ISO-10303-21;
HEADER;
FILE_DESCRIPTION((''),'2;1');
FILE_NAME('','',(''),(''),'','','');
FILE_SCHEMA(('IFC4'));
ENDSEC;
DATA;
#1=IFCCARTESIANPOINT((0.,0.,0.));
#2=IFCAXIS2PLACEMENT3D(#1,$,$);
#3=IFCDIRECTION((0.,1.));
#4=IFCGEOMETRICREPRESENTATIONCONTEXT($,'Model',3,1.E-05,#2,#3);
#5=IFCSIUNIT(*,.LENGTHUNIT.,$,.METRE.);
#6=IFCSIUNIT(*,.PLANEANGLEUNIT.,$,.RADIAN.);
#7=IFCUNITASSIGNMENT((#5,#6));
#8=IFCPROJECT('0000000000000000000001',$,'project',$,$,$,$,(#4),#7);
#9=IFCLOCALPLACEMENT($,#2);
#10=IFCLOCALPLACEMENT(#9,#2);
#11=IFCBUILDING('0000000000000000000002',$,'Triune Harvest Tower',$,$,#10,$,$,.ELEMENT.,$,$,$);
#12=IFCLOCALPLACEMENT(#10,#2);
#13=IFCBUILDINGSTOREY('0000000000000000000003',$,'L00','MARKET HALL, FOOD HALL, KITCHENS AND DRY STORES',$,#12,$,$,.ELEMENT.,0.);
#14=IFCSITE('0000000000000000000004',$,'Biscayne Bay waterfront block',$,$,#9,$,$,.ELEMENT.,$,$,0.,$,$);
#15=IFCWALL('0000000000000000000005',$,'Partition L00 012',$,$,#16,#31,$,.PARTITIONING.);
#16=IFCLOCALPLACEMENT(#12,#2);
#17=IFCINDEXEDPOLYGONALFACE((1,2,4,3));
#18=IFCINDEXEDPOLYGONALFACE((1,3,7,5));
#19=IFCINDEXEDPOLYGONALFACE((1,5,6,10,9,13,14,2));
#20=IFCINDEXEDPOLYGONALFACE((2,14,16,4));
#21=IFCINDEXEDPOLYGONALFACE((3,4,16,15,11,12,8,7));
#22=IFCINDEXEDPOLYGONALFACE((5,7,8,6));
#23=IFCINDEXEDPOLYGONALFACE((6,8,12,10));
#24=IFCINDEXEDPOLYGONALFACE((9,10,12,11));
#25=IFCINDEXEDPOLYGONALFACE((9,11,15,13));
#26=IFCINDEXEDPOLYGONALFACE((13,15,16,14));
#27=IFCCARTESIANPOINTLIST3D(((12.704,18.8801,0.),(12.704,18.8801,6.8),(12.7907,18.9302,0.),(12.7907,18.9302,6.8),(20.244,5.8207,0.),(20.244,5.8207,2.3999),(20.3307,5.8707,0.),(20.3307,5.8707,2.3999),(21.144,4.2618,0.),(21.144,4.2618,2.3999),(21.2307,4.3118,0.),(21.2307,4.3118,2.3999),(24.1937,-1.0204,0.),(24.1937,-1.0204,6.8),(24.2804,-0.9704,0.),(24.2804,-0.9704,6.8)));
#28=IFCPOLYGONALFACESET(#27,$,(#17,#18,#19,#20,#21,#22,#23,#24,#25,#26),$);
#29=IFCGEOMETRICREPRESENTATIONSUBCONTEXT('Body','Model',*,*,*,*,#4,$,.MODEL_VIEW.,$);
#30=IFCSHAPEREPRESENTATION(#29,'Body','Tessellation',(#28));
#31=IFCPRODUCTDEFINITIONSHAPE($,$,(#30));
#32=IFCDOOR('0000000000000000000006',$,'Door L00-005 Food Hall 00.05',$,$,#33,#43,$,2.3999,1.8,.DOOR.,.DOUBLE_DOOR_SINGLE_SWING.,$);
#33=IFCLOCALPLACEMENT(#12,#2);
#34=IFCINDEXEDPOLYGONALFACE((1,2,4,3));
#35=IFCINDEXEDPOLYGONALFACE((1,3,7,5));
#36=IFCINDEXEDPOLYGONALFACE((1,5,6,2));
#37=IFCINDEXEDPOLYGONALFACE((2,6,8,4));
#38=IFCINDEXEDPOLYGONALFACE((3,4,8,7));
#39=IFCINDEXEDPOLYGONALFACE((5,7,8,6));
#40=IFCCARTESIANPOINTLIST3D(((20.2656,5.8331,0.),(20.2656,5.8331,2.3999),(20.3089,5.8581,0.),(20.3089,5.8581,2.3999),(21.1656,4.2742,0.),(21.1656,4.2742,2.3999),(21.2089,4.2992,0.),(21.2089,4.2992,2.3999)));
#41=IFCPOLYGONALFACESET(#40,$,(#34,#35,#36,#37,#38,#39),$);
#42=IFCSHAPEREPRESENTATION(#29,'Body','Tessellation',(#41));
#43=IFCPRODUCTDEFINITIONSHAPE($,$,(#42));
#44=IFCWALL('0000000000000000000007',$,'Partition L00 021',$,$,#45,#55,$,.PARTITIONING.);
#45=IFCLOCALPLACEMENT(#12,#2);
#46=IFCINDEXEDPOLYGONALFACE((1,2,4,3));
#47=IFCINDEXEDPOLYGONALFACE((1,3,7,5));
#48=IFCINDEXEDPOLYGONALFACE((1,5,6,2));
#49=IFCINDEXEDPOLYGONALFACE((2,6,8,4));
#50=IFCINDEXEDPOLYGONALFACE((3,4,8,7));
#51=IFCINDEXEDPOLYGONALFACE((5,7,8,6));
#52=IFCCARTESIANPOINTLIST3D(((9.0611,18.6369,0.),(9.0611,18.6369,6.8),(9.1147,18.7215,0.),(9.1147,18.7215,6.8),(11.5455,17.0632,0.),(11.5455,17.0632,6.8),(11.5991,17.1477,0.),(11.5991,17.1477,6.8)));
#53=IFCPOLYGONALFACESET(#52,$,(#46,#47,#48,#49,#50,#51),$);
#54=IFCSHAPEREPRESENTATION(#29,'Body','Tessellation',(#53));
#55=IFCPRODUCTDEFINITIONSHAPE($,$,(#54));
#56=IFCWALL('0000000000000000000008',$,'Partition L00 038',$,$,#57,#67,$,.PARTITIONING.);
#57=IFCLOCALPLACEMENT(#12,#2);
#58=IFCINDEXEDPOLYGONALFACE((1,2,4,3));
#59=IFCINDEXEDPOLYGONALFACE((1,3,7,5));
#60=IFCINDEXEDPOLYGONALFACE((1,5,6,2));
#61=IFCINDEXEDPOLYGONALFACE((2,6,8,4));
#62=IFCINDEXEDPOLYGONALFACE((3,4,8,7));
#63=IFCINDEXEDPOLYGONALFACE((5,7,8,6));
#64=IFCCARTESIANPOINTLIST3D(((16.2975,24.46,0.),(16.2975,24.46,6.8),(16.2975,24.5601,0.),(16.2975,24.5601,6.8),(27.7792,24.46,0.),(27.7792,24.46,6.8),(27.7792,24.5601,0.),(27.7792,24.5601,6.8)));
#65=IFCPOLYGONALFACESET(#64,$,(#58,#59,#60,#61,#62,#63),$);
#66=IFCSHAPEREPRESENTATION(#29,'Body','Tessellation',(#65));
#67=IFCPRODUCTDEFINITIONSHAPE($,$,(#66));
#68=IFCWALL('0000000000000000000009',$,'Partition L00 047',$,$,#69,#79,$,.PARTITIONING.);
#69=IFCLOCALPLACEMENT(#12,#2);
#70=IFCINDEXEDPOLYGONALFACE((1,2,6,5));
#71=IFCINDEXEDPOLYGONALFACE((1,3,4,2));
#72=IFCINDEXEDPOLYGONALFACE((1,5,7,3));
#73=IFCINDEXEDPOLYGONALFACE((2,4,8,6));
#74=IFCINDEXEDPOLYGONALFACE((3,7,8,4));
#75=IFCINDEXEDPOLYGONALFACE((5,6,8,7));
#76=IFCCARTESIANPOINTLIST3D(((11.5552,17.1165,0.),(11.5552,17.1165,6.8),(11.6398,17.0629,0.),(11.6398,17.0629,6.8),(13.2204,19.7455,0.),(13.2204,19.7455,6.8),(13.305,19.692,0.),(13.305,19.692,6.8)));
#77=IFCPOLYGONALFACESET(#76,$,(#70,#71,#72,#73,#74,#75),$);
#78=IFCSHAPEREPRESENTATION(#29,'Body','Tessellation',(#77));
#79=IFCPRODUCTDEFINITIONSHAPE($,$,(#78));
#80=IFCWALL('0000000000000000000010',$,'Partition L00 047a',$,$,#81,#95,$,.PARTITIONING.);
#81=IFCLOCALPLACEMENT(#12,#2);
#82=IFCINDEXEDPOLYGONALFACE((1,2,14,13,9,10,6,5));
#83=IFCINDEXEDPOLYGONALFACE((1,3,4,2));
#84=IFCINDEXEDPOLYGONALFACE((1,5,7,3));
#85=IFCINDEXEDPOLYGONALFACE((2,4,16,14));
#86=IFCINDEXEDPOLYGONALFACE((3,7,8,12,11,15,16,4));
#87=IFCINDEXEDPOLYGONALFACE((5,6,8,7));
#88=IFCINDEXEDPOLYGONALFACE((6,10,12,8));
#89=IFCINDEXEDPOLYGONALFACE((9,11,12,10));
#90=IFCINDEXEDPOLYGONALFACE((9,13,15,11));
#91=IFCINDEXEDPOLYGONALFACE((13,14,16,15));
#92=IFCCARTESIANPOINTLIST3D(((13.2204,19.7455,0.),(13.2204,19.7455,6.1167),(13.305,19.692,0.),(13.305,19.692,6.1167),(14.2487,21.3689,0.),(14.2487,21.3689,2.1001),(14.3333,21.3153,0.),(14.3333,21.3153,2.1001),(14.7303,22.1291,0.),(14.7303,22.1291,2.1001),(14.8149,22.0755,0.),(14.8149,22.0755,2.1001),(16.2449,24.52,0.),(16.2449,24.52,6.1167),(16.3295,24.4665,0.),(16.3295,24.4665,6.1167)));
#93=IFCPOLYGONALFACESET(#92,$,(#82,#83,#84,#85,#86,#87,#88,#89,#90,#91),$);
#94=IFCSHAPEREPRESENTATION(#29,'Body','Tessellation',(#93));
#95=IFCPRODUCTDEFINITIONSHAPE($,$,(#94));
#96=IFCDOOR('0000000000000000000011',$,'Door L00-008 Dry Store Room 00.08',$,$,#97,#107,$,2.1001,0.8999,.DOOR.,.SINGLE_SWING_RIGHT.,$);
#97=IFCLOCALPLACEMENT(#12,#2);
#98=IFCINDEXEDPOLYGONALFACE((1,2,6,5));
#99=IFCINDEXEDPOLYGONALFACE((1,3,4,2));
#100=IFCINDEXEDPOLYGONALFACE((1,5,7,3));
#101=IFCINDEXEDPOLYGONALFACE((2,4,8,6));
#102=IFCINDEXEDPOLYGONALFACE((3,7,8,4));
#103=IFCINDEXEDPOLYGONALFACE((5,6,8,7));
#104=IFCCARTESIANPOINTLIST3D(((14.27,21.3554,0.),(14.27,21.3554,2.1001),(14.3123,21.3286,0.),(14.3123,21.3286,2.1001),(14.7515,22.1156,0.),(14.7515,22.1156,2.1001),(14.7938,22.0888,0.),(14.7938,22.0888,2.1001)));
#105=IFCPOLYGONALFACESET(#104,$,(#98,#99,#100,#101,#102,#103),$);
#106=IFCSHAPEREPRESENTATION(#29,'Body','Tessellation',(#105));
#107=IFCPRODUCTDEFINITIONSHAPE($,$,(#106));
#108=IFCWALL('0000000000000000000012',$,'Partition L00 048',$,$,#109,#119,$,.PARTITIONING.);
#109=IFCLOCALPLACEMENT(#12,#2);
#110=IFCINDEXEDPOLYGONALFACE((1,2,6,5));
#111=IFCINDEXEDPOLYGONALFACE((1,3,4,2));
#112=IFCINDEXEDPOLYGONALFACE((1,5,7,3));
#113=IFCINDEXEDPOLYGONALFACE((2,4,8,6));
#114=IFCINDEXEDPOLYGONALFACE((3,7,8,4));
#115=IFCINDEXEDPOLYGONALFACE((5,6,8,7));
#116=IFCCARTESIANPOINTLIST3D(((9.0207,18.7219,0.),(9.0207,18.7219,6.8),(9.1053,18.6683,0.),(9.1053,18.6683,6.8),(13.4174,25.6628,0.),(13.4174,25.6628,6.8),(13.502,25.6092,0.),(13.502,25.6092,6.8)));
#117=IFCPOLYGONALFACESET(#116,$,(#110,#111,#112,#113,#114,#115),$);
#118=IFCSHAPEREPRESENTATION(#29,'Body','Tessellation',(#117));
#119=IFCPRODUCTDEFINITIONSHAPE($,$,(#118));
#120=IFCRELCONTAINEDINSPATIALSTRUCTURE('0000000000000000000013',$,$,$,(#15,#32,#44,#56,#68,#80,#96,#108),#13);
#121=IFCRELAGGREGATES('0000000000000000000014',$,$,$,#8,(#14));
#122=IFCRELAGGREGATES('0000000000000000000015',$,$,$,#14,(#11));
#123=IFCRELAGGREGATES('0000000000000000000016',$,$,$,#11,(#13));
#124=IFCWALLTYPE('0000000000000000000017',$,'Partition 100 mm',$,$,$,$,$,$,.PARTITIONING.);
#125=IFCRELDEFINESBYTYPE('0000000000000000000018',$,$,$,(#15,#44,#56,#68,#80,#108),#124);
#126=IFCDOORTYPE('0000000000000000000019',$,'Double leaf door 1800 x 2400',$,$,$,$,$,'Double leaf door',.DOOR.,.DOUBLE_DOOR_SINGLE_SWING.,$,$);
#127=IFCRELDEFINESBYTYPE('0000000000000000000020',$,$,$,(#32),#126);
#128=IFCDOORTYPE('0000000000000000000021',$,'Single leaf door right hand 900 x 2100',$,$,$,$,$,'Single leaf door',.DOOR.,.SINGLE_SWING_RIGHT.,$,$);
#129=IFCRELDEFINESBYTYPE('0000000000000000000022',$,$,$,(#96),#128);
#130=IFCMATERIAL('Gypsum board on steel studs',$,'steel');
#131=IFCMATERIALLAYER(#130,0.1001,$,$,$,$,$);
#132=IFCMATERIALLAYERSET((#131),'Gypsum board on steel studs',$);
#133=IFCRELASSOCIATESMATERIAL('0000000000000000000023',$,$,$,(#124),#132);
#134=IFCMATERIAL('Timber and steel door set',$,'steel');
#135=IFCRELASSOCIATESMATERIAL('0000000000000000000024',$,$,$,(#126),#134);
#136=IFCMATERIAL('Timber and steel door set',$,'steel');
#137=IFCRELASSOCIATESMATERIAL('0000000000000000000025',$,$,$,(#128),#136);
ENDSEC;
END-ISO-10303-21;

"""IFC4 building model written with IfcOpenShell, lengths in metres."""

from ifc_helpers import new_model, si_unit, direction, frame, frame_2d, origin, place, context, subcontext, project, spatial, rectangle, extrude, material, layer, layer_set, type_object, element, fill, save


model = new_model("IFC4")

# Units and contexts
model_context = context("Model", 3, precision=1e-05, world=origin(), true_north=direction((0.0, 1.0)))
body_context = subcontext(model_context, "Body", "Model", "MODEL_VIEW")
ifc_project = project(units=[si_unit("LENGTHUNIT", "METRE"), si_unit("PLANEANGLEUNIT", "RADIAN")], contexts=[model_context])

# Site, building, storey
site_placement = place(None, origin())
site = spatial("IfcSite", under=ifc_project, at=site_placement, Name="Biscayne Bay waterfront block", CompositionType="ELEMENT", RefElevation=0.0)
building_placement = place(site_placement, origin())
building = spatial("IfcBuilding", under=site, at=building_placement, Name="Triune Harvest Tower", CompositionType="ELEMENT")
storey_placement = place(building_placement, origin())
storey = spatial("IfcBuildingStorey", under=building, at=storey_placement, Name="L00", Description="MARKET HALL, FOOD HALL, KITCHENS AND DRY STORES", CompositionType="ELEMENT", Elevation=0.0)

# Wall, opening, door
ifc_material_1 = material(Name="Gypsum board on steel studs", Category="steel")
ifc_layer_1 = layer(ifc_material_1, 0.1001)
ifc_layer_set_1 = layer_set([ifc_layer_1], Name="Gypsum board on steel studs")
wall_type_1 = type_object("IfcWallType", Name="Partition 100 mm", PredefinedType="PARTITIONING", material=ifc_layer_set_1)
wall_1_placement = place(storey_placement, frame((12.7473, 18.9053, 0.0), z_axis=(0.0, 0.0, 1.0), x_axis=(0.500004, -0.866023, 0.0)))
wall_1 = element("IfcWall", 1, at=wall_1_placement, inside=storey, type_object=wall_type_1, Name="Partition L00 012", PredefinedType="PARTITIONING", context=body_context, shape_type="SweptSolid", body=[
    extrude(rectangle(XDim=22.9792, YDim=0.1001, at=frame_2d((11.4897, 0.0))), origin(), (0.0, 0.0, 1.0), 6.8),
])
opening_1_placement = place(wall_1_placement, frame((15.0801, 0.0, 0.0)))
opening_1 = element("IfcOpeningElement", 2, at=opening_1_placement, cuts=wall_1, PredefinedType="OPENING", context=body_context, shape_type="SweptSolid", body=[
    extrude(rectangle(XDim=1.8, YDim=2.3999, at=frame_2d((0.8999, 1.2))), frame((0.0, 0.0601, 0.0), z_axis=(0.0, -1.0, 0.0), x_axis=(1.0, 0.0, 0.0)), (0.0, 0.0, 1.0), 0.1201),
])
ifc_material_2 = material(Name="Timber and steel door set", Category="steel")
door_type_1 = type_object("IfcDoorType", Name="Double leaf door 1800 x 2400", ElementType="Double leaf door", OperationType="DOUBLE_DOOR_SINGLE_SWING", PredefinedType="DOOR", material=ifc_material_2)
door_1_placement = place(opening_1_placement, origin())
door_1 = element("IfcDoor", 3, at=door_1_placement, inside=storey, type_object=door_type_1, Name="Door L00-005 Food Hall 00.05", OperationType="DOUBLE_DOOR_SINGLE_SWING", OverallHeight=2.3999, OverallWidth=1.8, PredefinedType="DOOR", context=body_context, shape_type="SweptSolid", body=[
    extrude(rectangle(XDim=1.8, YDim=2.3999, at=frame_2d((0.8999, 1.2))), frame((0.0, 0.0249, 0.0), z_axis=(0.0, -1.0, 0.0), x_axis=(1.0, 0.0, 0.0)), (0.0, 0.0, 1.0), 0.05),
])
fill(opening_1, door_1)

# Walls
wall_2_placement = place(storey_placement, frame((9.0879, 18.6792, 0.0), z_axis=(0.0, 0.0, 1.0), x_axis=(0.844774, -0.535123, 0.0)))
element("IfcWall", 4, at=wall_2_placement, inside=storey, type_object=wall_type_1, Name="Partition L00 021", PredefinedType="PARTITIONING", context=body_context, shape_type="SweptSolid", body=[
    extrude(rectangle(XDim=2.9409, YDim=0.1001, at=frame_2d((1.4705, 0.0))), origin(), (0.0, 0.0, 1.0), 6.8),
])
wall_3_placement = place(storey_placement, frame((16.2976, 24.51, 0.0), z_axis=(0.0, 0.0, 1.0), x_axis=(1.0, 0.0, 0.0)))
element("IfcWall", 5, at=wall_3_placement, inside=storey, type_object=wall_type_1, Name="Partition L00 038", PredefinedType="PARTITIONING", context=body_context, shape_type="SweptSolid", body=[
    extrude(rectangle(XDim=11.4817, YDim=0.1001, at=frame_2d((5.7407, 0.0))), origin(), (0.0, 0.0, 1.0), 6.8),
])
wall_4_placement = place(storey_placement, frame((11.5974, 17.0896, 0.0), z_axis=(0.0, 0.0, 1.0), x_axis=(0.535088, 0.844797, 0.0)))
element("IfcWall", 6, at=wall_4_placement, inside=storey, type_object=wall_type_1, Name="Partition L00 047", PredefinedType="PARTITIONING", context=body_context, shape_type="SweptSolid", body=[
    extrude(rectangle(XDim=3.1121, YDim=0.1001, at=frame_2d((1.5562, 0.0))), origin(), (0.0, 0.0, 1.0), 6.8),
])

# Wall, opening, door
wall_5_placement = place(storey_placement, frame((13.2627, 19.7188, 0.0), z_axis=(0.0, 0.0, 1.0), x_axis=(0.53513, 0.84477, 0.0)))
wall_5 = element("IfcWall", 7, at=wall_5_placement, inside=storey, type_object=wall_type_1, Name="Partition L00 047a", PredefinedType="PARTITIONING", context=body_context, shape_type="SweptSolid", body=[
    extrude(rectangle(XDim=5.6519, YDim=0.1001, at=frame_2d((2.8259, 0.0))), origin(), (0.0, 0.0, 1.0), 6.1167),
])
opening_2_placement = place(wall_5_placement, frame((1.9216, 0.0, 0.0)))
opening_2 = element("IfcOpeningElement", 8, at=opening_2_placement, cuts=wall_5, PredefinedType="OPENING", context=body_context, shape_type="SweptSolid", body=[
    extrude(rectangle(XDim=0.8999, YDim=2.1001, at=frame_2d((0.45, 1.05))), frame((0.0, 0.0601, 0.0), z_axis=(0.0, -1.0, 0.0), x_axis=(1.0, 0.0, 0.0)), (0.0, 0.0, 1.0), 0.1201),
])
ifc_material_3 = material(Name="Timber and steel door set", Category="steel")
door_type_2 = type_object("IfcDoorType", Name="Single leaf door right hand 900 x 2100", ElementType="Single leaf door", OperationType="SINGLE_SWING_RIGHT", PredefinedType="DOOR", material=ifc_material_3)
door_2_placement = place(opening_2_placement, origin())
door_2 = element("IfcDoor", 9, at=door_2_placement, inside=storey, type_object=door_type_2, Name="Door L00-008 Dry Store Room 00.08", OperationType="SINGLE_SWING_RIGHT", OverallHeight=2.1001, OverallWidth=0.8999, PredefinedType="DOOR", context=body_context, shape_type="SweptSolid", body=[
    extrude(rectangle(XDim=0.8999, YDim=2.1001, at=frame_2d((0.45, 1.05))), frame((0.0, 0.0249, 0.0), z_axis=(0.0, -1.0, 0.0), x_axis=(1.0, 0.0, 0.0)), (0.0, 0.0, 1.0), 0.05),
])
fill(opening_2, door_2)

# Wall
wall_6_placement = place(storey_placement, frame((9.063, 18.6951, 0.0), z_axis=(0.0, 0.0, 1.0), x_axis=(0.535123, 0.844774, 0.0)))
element("IfcWall", 10, at=wall_6_placement, inside=storey, type_object=wall_type_1, Name="Partition L00 048", PredefinedType="PARTITIONING", context=body_context, shape_type="SweptSolid", body=[
    extrude(rectangle(XDim=8.2163, YDim=0.1001, at=frame_2d((4.1082, 0.0))), origin(), (0.0, 0.0, 1.0), 6.8),
])

save(model, "model.ifc")
